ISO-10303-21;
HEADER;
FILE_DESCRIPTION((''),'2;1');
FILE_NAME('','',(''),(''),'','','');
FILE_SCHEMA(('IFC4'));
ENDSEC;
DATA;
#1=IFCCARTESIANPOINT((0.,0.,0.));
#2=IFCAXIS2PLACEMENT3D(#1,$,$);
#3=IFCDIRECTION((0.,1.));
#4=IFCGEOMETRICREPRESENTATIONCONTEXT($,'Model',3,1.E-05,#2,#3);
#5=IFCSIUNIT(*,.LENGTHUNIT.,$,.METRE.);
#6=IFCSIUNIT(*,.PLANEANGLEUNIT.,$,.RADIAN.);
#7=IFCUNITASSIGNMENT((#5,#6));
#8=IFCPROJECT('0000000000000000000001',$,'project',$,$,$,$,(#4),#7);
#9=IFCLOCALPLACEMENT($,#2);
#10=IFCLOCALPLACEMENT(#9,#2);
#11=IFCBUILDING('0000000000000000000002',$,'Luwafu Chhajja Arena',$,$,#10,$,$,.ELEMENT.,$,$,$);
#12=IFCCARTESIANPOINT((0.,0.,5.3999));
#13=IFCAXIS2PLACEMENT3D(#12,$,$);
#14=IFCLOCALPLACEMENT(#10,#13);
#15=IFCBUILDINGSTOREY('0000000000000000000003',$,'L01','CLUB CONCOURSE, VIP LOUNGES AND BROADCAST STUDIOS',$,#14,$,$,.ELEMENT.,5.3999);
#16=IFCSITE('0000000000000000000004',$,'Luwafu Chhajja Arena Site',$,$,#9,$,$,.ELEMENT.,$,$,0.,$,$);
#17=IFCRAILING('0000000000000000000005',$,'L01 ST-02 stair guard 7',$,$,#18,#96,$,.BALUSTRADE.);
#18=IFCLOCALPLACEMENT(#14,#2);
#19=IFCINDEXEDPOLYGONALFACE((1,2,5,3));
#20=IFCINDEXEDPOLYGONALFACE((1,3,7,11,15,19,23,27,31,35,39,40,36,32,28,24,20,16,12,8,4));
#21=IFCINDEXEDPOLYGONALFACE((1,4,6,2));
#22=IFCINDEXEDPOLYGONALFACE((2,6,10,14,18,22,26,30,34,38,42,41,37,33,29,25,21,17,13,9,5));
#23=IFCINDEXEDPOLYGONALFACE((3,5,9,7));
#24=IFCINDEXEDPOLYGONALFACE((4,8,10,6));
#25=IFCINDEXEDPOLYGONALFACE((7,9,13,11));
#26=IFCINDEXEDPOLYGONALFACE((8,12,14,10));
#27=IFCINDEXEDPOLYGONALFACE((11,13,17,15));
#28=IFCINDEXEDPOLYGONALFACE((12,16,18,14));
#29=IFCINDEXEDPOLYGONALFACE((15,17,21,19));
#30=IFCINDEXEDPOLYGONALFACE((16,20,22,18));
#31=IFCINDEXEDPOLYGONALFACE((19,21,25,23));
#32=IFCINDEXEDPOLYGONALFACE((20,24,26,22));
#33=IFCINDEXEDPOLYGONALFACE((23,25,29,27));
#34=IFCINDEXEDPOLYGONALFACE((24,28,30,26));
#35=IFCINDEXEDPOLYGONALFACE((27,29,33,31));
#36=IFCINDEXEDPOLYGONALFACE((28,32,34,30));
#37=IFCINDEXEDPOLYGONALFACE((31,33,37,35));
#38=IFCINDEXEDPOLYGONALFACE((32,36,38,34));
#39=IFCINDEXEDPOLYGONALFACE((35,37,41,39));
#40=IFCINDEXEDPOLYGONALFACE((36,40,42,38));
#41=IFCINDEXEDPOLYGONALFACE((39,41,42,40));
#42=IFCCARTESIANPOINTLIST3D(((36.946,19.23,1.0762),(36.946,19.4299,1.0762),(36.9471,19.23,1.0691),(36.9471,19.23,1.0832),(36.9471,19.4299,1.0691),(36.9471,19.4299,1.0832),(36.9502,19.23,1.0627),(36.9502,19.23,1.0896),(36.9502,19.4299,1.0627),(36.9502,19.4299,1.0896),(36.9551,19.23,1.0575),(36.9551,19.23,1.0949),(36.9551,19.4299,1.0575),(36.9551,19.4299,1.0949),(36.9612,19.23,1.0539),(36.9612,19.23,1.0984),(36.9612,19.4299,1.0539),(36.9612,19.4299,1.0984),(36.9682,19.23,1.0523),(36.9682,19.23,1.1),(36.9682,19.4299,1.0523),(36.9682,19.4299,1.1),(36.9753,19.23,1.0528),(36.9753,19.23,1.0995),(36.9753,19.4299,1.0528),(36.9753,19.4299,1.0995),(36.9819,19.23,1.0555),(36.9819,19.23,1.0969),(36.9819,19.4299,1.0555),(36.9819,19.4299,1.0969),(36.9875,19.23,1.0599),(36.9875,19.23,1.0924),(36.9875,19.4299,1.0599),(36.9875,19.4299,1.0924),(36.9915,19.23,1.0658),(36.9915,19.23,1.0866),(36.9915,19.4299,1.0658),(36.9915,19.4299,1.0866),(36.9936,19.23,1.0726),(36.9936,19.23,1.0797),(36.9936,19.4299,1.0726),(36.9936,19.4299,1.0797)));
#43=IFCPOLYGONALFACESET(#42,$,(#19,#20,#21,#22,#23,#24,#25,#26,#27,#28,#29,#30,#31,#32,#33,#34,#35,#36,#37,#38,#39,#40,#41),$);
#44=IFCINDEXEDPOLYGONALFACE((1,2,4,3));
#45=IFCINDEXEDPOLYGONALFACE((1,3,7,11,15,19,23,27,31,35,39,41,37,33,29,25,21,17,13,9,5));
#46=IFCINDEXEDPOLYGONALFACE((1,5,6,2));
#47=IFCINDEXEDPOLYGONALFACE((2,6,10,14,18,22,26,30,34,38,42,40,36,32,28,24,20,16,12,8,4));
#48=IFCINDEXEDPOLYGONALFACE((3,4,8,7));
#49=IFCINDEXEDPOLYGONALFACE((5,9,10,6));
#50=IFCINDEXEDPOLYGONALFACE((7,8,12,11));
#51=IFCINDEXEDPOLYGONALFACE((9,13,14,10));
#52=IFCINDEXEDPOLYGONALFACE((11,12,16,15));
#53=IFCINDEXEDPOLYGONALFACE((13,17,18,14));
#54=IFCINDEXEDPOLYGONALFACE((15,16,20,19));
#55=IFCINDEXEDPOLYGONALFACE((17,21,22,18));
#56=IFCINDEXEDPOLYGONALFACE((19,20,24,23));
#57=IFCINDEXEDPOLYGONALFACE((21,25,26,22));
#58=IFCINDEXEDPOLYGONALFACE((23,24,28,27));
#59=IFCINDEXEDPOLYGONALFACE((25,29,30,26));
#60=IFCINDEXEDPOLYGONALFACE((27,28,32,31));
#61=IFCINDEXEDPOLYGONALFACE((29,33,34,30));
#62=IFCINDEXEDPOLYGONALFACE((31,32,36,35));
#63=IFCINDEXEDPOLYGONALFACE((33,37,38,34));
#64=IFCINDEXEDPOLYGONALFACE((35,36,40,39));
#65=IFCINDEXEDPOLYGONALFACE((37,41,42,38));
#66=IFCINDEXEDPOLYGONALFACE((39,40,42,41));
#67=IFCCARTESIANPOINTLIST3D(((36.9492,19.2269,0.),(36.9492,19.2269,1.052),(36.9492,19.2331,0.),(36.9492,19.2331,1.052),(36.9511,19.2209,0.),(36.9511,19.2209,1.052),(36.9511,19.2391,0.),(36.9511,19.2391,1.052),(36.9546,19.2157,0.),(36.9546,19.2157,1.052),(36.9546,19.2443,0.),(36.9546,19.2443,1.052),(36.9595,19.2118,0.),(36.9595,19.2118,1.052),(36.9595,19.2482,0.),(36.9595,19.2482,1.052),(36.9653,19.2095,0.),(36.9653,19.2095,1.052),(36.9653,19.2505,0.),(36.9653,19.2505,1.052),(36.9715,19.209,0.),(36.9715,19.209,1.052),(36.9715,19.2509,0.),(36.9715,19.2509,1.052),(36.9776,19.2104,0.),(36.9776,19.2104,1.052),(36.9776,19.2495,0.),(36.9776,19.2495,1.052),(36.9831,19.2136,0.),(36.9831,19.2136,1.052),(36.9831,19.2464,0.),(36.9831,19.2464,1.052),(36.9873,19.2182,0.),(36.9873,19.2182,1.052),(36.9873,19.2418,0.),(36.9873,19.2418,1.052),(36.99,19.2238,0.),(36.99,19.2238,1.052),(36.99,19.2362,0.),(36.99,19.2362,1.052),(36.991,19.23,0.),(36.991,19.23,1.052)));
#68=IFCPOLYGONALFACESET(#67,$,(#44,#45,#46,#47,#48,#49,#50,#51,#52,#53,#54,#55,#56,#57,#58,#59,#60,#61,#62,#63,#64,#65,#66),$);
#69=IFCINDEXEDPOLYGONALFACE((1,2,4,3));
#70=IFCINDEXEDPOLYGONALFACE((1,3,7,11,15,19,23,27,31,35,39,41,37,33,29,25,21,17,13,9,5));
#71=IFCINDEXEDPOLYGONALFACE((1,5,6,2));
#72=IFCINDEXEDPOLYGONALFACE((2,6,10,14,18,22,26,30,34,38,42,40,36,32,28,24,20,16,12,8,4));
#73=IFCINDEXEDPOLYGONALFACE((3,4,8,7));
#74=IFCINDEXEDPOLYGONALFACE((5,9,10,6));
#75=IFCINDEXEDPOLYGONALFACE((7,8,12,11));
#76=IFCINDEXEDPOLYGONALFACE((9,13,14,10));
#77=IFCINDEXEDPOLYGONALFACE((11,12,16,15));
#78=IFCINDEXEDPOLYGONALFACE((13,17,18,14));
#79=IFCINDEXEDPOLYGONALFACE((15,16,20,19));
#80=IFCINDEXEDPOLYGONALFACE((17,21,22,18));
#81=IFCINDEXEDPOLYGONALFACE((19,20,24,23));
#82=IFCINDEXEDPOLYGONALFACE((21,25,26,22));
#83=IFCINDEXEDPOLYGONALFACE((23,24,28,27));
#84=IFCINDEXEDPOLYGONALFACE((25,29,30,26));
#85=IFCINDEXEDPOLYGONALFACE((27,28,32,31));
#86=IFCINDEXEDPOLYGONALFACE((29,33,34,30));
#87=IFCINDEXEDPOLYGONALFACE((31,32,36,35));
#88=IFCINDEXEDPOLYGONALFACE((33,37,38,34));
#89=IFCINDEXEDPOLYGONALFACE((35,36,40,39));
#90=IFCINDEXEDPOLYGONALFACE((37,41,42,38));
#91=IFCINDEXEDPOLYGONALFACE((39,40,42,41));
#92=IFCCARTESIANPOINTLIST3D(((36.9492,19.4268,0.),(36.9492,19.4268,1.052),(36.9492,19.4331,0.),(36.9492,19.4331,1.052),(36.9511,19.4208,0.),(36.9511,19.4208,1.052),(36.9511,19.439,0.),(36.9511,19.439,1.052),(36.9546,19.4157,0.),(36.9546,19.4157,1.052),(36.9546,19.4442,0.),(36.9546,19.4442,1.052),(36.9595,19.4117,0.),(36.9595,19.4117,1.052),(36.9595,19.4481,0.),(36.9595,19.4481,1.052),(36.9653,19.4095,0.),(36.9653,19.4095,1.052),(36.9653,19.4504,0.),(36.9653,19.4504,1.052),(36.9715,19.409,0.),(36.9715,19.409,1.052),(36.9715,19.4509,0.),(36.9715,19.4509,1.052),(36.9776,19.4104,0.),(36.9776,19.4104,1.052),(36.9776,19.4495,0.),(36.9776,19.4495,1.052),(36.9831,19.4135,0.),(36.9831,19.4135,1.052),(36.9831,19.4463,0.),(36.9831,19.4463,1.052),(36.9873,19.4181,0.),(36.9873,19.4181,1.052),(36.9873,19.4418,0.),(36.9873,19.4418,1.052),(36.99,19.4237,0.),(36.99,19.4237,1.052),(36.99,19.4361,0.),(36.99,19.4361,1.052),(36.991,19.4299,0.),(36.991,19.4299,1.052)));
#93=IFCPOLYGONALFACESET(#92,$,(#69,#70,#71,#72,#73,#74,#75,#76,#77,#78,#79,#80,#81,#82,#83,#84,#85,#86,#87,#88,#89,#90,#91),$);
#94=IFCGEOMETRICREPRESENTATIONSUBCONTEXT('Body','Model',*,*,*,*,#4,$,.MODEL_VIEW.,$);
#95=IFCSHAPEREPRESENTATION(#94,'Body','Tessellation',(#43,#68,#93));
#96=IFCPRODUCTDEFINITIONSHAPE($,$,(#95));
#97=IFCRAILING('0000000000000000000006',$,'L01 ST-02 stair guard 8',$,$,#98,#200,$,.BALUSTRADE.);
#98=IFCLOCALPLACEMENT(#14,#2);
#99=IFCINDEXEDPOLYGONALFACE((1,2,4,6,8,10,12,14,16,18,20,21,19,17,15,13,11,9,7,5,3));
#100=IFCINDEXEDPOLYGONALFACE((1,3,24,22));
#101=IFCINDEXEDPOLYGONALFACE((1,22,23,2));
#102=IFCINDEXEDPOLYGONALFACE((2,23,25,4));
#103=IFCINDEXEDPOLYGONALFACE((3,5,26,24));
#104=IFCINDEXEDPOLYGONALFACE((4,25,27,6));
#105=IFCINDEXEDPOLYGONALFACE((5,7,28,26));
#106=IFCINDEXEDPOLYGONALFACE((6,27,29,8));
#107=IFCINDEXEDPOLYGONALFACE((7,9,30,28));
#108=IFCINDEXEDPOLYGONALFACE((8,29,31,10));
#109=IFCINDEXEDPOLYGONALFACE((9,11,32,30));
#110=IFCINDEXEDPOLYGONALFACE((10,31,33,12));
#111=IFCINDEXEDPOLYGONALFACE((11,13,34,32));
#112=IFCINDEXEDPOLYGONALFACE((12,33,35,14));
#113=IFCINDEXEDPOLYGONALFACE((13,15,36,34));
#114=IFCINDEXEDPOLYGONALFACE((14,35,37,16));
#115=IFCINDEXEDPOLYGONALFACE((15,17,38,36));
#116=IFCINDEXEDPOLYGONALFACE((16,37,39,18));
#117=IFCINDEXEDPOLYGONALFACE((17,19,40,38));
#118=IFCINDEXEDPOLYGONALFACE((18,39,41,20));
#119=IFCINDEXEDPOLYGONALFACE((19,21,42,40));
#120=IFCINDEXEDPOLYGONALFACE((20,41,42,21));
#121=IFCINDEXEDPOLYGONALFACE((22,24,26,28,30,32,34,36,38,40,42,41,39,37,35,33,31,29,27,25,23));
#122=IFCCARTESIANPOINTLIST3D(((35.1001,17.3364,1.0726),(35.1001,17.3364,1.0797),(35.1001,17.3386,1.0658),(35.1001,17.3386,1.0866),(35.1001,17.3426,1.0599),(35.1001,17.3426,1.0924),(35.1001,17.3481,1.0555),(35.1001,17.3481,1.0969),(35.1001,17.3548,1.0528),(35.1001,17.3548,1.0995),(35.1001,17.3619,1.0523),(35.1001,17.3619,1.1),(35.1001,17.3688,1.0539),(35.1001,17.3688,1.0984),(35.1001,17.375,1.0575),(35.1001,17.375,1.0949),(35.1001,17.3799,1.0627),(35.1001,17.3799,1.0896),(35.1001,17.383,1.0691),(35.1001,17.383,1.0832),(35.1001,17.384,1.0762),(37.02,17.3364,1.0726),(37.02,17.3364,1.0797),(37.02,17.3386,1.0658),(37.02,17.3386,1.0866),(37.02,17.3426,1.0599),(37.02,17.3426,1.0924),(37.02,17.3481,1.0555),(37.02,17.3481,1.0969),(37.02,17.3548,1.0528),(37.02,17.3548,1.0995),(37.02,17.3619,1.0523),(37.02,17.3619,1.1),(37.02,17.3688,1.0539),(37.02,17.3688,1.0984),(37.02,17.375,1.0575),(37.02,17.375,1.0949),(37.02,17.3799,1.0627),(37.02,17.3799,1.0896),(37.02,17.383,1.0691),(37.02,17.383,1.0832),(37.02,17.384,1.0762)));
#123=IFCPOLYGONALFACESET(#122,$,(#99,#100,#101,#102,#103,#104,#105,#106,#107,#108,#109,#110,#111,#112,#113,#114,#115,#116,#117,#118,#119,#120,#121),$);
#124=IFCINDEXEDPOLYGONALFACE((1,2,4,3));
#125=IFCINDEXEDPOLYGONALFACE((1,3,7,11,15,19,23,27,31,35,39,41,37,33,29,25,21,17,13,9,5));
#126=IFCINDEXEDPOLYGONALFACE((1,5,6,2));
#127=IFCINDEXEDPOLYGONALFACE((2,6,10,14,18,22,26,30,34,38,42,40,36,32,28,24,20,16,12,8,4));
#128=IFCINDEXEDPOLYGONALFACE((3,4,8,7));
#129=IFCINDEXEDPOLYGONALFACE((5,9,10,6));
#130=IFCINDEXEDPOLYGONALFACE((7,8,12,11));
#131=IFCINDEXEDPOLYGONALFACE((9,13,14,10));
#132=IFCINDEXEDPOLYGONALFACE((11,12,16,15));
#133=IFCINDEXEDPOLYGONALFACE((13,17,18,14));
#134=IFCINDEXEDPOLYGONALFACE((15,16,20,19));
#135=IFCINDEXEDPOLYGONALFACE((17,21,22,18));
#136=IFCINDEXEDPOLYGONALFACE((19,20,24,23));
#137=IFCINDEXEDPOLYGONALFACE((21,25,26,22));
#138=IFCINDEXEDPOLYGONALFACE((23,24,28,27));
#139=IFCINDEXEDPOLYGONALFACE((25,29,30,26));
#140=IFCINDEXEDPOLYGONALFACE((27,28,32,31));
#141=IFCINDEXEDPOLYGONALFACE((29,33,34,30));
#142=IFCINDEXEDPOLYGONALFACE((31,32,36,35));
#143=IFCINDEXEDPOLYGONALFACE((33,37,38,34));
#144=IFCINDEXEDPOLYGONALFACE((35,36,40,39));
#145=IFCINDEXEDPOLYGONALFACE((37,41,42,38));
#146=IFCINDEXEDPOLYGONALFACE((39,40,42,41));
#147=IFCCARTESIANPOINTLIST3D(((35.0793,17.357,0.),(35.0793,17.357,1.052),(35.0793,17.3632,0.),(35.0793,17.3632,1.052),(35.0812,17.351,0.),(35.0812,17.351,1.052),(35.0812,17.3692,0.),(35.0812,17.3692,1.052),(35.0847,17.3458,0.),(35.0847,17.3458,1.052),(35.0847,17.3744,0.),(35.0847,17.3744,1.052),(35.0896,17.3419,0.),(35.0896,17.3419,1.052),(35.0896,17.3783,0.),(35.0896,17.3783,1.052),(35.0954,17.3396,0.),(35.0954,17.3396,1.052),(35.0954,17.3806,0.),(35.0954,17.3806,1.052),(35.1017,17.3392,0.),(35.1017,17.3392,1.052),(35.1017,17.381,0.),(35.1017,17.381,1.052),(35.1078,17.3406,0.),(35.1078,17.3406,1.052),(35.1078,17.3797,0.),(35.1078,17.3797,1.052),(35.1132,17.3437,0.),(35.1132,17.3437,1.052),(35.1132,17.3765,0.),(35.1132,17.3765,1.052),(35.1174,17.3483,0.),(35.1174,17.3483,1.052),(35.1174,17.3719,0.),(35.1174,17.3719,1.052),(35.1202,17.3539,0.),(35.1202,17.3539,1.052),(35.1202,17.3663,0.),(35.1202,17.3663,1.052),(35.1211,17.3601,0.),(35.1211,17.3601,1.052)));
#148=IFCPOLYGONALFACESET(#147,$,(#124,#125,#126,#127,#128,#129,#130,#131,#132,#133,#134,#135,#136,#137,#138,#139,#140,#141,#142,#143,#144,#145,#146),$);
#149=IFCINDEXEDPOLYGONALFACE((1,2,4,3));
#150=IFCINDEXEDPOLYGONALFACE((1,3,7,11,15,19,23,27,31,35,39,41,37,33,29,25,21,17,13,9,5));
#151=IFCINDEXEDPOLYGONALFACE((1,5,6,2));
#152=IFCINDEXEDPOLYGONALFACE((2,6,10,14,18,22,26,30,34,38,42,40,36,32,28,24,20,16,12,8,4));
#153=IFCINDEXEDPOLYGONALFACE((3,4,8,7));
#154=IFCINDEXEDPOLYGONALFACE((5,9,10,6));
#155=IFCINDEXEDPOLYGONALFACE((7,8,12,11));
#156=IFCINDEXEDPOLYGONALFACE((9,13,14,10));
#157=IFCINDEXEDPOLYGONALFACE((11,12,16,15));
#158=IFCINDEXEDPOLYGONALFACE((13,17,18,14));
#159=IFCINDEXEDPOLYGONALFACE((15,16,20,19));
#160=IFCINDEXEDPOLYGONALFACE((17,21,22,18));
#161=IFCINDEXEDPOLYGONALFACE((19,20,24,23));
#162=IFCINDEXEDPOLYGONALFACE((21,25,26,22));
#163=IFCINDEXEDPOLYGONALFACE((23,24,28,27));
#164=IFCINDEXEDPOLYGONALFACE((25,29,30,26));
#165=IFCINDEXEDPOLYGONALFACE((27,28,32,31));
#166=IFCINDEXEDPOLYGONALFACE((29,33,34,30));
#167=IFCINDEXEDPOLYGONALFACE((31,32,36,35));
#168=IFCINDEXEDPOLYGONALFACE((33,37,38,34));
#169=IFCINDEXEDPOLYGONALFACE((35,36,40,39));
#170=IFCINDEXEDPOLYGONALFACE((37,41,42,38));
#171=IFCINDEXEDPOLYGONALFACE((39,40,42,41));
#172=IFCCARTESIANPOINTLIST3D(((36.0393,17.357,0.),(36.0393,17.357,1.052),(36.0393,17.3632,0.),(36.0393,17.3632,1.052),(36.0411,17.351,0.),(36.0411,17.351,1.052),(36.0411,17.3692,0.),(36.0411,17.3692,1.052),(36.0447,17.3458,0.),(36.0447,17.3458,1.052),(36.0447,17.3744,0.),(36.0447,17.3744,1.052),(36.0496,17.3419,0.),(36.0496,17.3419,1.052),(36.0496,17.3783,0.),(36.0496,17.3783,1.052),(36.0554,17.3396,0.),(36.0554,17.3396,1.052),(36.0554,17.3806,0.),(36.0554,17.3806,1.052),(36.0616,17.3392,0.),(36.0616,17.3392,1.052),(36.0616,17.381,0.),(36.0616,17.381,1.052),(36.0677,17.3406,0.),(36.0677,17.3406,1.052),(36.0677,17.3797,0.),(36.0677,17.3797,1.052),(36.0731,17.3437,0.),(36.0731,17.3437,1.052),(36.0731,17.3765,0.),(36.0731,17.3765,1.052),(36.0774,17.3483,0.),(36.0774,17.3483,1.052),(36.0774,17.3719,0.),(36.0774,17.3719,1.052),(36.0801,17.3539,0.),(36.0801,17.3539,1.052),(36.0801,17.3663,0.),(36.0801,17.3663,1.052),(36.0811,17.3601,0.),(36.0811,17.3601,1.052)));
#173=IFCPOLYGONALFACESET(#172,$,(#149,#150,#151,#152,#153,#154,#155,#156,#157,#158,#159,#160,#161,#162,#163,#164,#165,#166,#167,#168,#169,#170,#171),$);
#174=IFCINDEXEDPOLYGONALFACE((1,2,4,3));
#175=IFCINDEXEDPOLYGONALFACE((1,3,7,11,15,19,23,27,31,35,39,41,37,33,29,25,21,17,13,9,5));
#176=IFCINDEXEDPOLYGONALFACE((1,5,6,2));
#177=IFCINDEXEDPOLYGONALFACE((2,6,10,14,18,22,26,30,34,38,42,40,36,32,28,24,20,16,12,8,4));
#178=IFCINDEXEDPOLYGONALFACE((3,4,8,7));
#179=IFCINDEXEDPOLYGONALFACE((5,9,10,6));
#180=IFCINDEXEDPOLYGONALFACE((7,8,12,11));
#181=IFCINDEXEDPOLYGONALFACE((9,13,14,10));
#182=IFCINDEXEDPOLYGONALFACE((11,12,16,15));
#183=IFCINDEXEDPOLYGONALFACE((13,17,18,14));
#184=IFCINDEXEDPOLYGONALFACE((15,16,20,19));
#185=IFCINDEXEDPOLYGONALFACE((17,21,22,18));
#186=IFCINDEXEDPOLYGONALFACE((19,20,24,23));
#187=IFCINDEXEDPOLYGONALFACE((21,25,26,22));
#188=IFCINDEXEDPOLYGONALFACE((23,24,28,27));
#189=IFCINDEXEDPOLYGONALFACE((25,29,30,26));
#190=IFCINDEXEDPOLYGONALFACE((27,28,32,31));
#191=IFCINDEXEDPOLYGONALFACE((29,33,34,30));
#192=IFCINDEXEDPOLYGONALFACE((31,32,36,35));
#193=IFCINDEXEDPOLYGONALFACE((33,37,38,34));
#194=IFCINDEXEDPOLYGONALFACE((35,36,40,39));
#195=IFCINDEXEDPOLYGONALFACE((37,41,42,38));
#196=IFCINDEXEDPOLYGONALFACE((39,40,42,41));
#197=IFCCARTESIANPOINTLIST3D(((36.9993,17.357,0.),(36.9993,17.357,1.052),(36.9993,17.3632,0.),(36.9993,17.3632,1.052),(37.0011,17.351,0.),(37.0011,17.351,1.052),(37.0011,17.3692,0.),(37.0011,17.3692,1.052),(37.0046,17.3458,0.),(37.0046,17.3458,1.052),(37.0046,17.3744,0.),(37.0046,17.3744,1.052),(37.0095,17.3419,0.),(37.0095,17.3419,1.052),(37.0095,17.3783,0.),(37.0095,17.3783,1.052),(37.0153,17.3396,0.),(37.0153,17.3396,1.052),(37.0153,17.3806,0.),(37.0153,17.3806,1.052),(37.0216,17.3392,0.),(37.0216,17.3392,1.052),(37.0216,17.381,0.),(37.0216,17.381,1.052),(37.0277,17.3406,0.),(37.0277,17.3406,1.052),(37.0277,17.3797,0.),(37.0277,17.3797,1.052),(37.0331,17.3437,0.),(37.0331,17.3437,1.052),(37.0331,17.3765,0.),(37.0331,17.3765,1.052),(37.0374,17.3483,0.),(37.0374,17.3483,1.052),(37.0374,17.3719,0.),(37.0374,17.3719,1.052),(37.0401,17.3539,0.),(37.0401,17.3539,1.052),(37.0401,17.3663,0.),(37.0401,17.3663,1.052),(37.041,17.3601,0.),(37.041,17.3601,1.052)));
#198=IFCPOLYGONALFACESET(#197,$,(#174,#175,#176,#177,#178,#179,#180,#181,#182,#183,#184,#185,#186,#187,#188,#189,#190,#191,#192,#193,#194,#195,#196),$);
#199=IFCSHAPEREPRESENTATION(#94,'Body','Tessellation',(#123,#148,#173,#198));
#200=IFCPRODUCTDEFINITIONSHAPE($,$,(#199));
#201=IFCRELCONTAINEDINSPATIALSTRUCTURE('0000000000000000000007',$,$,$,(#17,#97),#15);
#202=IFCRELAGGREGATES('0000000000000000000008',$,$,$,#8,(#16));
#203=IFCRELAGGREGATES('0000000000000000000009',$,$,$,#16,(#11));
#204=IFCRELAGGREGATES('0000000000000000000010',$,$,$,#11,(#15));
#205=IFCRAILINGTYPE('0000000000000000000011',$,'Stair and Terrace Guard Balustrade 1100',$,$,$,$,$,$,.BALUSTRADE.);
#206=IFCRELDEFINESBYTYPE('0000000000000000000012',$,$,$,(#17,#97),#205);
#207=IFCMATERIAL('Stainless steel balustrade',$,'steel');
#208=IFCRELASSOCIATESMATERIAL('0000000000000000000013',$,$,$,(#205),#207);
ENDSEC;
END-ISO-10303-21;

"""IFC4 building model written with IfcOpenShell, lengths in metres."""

from ifc_helpers import new_model, si_unit, direction, frame, origin, origin_2d, place, context, subcontext, project, spatial, circle, extrude, material, type_object, element, save


model = new_model("IFC4")

# Units and contexts
model_context = context("Model", 3, precision=1e-05, world=origin(), true_north=direction((0.0, 1.0)))
body_context = subcontext(model_context, "Body", "Model", "MODEL_VIEW")
ifc_project = project(units=[si_unit("LENGTHUNIT", "METRE"), si_unit("PLANEANGLEUNIT", "RADIAN")], contexts=[model_context])

# Site, building, storey
site_placement = place(None, origin())
site = spatial("IfcSite", under=ifc_project, at=site_placement, Name="Luwafu Chhajja Arena Site", CompositionType="ELEMENT", RefElevation=0.0)
building_placement = place(site_placement, origin())
building = spatial("IfcBuilding", under=site, at=building_placement, Name="Luwafu Chhajja Arena", CompositionType="ELEMENT")
storey_placement = place(building_placement, frame((0.0, 0.0, 5.3999)))
storey = spatial("IfcBuildingStorey", under=building, at=storey_placement, Name="L01", Description="CLUB CONCOURSE, VIP LOUNGES AND BROADCAST STUDIOS", CompositionType="ELEMENT", Elevation=5.3999)

# Railings
ifc_material_1 = material(Name="Stainless steel balustrade", Category="steel")
railing_type_1 = type_object("IfcRailingType", Name="Stair and Terrace Guard Balustrade 1100", PredefinedType="BALUSTRADE", material=ifc_material_1)
railing_1_placement = place(storey_placement, frame((36.97, 19.23, 0.0)))
element("IfcRailing", 1, at=railing_1_placement, inside=storey, type_object=railing_type_1, Name="L01 ST-02 stair guard 7", PredefinedType="BALUSTRADE", context=body_context, shape_type="SweptSolid", body=[
    extrude(circle(Radius=0.0239, at=origin_2d()), frame((0.0, 0.0, 1.0762), z_axis=(0.0, 1.0, 0.0), x_axis=(-1.0, 0.0, 0.0)), (0.0, 0.0, 1.0), 0.2),
    extrude(circle(Radius=0.021, at=origin_2d()), origin(), (0.0, 0.0, 1.0), 1.052),
    extrude(circle(Radius=0.021, at=origin_2d()), frame((0.0, 0.2, 0.0)), (0.0, 0.0, 1.0), 1.052),
])
for number, where, name in (
    (2, (35.1001, 17.3601, 0.0), "L01 ST-02 stair guard 8"),
):
    element("IfcRailing", number, at=place(storey_placement, frame(where)), inside=storey, type_object=railing_type_1, Name=name, PredefinedType="BALUSTRADE", context=body_context, shape_type="SweptSolid", body=[
        extrude(circle(Radius=0.0239, at=origin_2d()), frame((0.0, 0.0, 1.0762), z_axis=(1.0, 0.0, 0.0), x_axis=(0.0, 1.0, 0.0)), (0.0, 0.0, 1.0), 1.9199),
        extrude(circle(Radius=0.021, at=origin_2d()), origin(), (0.0, 0.0, 1.0), 1.052),
        extrude(circle(Radius=0.021, at=origin_2d()), frame((0.96, 0.0, 0.0)), (0.0, 0.0, 1.0), 1.052),
        extrude(circle(Radius=0.021, at=origin_2d()), frame((1.9199, 0.0, 0.0)), (0.0, 0.0, 1.0), 1.052),
    ])

save(model, "model.ifc")
